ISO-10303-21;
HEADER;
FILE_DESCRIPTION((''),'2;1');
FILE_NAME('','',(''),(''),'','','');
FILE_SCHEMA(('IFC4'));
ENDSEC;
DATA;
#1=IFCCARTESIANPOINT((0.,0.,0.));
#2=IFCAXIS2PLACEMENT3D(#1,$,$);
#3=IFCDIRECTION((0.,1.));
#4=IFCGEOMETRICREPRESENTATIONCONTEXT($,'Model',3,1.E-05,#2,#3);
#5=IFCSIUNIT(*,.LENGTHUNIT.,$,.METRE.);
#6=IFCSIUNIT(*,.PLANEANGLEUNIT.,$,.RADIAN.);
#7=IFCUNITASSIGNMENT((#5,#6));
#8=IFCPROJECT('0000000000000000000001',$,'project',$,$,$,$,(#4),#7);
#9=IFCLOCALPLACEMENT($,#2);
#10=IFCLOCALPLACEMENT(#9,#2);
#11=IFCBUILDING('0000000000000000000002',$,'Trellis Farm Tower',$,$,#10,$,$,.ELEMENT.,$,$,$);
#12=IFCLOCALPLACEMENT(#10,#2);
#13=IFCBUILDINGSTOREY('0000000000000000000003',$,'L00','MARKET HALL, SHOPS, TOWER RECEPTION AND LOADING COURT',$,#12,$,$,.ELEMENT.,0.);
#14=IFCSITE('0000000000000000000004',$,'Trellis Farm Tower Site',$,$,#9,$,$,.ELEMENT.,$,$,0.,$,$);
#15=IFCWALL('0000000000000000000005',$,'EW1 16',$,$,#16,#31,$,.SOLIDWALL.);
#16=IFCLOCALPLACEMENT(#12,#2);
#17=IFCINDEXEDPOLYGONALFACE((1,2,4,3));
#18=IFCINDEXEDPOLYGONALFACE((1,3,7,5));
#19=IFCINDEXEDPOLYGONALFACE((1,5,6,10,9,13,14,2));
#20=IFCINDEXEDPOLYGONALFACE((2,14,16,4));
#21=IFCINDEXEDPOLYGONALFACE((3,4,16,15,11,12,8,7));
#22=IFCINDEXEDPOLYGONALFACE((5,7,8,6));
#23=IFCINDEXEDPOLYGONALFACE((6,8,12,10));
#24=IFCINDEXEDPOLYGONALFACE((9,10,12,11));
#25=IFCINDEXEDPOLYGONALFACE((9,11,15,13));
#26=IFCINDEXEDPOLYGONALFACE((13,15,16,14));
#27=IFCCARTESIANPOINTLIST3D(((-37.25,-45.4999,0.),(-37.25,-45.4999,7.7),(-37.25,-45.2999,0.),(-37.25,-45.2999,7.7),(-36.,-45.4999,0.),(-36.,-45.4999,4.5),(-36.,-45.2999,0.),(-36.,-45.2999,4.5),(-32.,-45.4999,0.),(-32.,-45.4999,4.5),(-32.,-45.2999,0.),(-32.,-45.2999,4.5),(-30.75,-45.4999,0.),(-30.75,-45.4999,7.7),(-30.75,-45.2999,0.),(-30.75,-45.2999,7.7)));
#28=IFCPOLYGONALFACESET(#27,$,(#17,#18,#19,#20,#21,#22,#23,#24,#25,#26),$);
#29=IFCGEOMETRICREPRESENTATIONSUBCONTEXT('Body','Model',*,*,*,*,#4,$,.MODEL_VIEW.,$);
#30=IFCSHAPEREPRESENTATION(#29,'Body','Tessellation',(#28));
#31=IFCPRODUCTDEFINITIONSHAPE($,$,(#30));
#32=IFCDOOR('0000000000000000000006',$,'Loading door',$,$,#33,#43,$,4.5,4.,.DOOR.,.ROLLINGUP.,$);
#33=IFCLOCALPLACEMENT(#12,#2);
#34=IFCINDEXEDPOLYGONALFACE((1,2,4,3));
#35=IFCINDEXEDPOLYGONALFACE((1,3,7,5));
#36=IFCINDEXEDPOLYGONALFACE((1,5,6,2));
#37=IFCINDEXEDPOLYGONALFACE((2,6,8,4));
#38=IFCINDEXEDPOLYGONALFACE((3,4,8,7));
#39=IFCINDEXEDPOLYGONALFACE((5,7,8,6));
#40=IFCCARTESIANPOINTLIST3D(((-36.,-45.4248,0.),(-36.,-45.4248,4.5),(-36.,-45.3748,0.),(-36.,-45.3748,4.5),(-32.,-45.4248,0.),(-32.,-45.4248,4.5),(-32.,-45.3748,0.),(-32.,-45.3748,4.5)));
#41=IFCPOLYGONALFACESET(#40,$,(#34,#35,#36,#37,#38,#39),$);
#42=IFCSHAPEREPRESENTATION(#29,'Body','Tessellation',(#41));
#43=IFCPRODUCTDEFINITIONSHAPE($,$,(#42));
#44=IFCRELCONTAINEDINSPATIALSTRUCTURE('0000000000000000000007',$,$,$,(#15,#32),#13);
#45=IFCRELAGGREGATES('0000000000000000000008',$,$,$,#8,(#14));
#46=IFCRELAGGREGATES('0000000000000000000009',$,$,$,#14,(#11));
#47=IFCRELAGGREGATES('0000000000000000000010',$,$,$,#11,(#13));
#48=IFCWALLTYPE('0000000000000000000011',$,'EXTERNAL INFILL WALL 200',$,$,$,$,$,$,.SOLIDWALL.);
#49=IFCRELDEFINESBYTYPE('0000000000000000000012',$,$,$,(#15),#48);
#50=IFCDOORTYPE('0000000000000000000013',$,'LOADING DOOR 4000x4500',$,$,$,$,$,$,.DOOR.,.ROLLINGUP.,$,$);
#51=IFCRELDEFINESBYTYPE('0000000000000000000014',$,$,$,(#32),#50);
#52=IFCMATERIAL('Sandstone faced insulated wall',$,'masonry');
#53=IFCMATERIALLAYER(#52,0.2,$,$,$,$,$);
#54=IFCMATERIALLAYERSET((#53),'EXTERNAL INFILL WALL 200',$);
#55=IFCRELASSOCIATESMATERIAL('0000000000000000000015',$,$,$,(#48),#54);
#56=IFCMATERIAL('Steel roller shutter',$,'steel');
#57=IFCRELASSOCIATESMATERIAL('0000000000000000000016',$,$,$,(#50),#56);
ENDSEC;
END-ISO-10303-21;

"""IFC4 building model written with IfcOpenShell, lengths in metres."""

from ifc_helpers import new_model, si_unit, direction, frame, frame_2d, origin, place, context, subcontext, project, spatial, rectangle, extrude, source, transform, mapped, material, layer, layer_set, type_object, element, fill, save


model = new_model("IFC4")

# Units and contexts
model_context = context("Model", 3, precision=1e-05, world=origin(), true_north=direction((0.0, 1.0)))
body_context = subcontext(model_context, "Body", "Model", "MODEL_VIEW")
ifc_project = project(units=[si_unit("LENGTHUNIT", "METRE"), si_unit("PLANEANGLEUNIT", "RADIAN")], contexts=[model_context])

# Site, building, storey
site_placement = place(None, origin())
site = spatial("IfcSite", under=ifc_project, at=site_placement, Name="Trellis Farm Tower Site", CompositionType="ELEMENT", RefElevation=0.0)
building_placement = place(site_placement, origin())
building = spatial("IfcBuilding", under=site, at=building_placement, Name="Trellis Farm Tower", CompositionType="ELEMENT")
storey_placement = place(building_placement, origin())
storey = spatial("IfcBuildingStorey", under=building, at=storey_placement, Name="L00", Description="MARKET HALL, SHOPS, TOWER RECEPTION AND LOADING COURT", CompositionType="ELEMENT", Elevation=0.0)

# Wall, opening, door
ifc_material_1 = material(Name="Sandstone faced insulated wall", Category="masonry")
ifc_layer_1 = layer(ifc_material_1, 0.2)
ifc_layer_set_1 = layer_set([ifc_layer_1], Name="EXTERNAL INFILL WALL 200")
wall_type_1 = type_object("IfcWallType", Name="EXTERNAL INFILL WALL 200", PredefinedType="SOLIDWALL", material=ifc_layer_set_1)
shared_shape_1 = source(origin(), body_context, "Body", "SweptSolid", [
    extrude(rectangle(XDim=6.5, YDim=0.2, at=frame_2d((3.25, 0.0))), origin(), (0.0, 0.0, 1.0), 7.7),
])
wall_1_placement = place(storey_placement, frame((-30.75, -45.3999, 0.0), z_axis=(0.0, 0.0, 1.0), x_axis=(-1.0, 0.0, 0.0)))
wall_1 = element("IfcWall", 1, at=wall_1_placement, inside=storey, type_object=wall_type_1, Name="EW1 16", PredefinedType="SOLIDWALL", context=body_context, shape_type="MappedRepresentation", body=[
    mapped(shared_shape_1, transform((0.0, 0.0, 0.0))),
])
shared_shape_2 = source(origin(), body_context, "Body", "SweptSolid", [
    extrude(rectangle(XDim=4.0, YDim=4.5, at=frame_2d((2.0, 2.25))), frame((0.0, 0.1101, 0.0), z_axis=(0.0, -1.0, 0.0), x_axis=(1.0, 0.0, 0.0)), (0.0, 0.0, 1.0), 0.2202),
])
opening_placement = place(wall_1_placement, frame((1.25, 0.0, 0.0)))
opening = element("IfcOpeningElement", 2, at=opening_placement, cuts=wall_1, PredefinedType="OPENING", context=body_context, shape_type="MappedRepresentation", body=[
    mapped(shared_shape_2, transform((0.0, 0.0, 0.0))),
])
ifc_material_2 = material(Name="Steel roller shutter", Category="steel")
door_type = type_object("IfcDoorType", Name="LOADING DOOR 4000x4500", OperationType="ROLLINGUP", PredefinedType="DOOR", material=ifc_material_2)
shared_shape_3 = source(origin(), body_context, "Body", "SweptSolid", [
    extrude(rectangle(XDim=4.0, YDim=4.5, at=frame_2d((2.0, 2.25))), frame((0.0, 0.0249, 0.0), z_axis=(0.0, -1.0, 0.0), x_axis=(1.0, 0.0, 0.0)), (0.0, 0.0, 1.0), 0.05),
])
door_placement = place(opening_placement, origin())
door = element("IfcDoor", 3, at=door_placement, inside=storey, type_object=door_type, Name="Loading door", OperationType="ROLLINGUP", OverallHeight=4.5, OverallWidth=4.0, PredefinedType="DOOR", context=body_context, shape_type="MappedRepresentation", body=[
    mapped(shared_shape_3, transform((0.0, 0.0, 0.0))),
])
fill(opening, door)

save(model, "model.ifc")
